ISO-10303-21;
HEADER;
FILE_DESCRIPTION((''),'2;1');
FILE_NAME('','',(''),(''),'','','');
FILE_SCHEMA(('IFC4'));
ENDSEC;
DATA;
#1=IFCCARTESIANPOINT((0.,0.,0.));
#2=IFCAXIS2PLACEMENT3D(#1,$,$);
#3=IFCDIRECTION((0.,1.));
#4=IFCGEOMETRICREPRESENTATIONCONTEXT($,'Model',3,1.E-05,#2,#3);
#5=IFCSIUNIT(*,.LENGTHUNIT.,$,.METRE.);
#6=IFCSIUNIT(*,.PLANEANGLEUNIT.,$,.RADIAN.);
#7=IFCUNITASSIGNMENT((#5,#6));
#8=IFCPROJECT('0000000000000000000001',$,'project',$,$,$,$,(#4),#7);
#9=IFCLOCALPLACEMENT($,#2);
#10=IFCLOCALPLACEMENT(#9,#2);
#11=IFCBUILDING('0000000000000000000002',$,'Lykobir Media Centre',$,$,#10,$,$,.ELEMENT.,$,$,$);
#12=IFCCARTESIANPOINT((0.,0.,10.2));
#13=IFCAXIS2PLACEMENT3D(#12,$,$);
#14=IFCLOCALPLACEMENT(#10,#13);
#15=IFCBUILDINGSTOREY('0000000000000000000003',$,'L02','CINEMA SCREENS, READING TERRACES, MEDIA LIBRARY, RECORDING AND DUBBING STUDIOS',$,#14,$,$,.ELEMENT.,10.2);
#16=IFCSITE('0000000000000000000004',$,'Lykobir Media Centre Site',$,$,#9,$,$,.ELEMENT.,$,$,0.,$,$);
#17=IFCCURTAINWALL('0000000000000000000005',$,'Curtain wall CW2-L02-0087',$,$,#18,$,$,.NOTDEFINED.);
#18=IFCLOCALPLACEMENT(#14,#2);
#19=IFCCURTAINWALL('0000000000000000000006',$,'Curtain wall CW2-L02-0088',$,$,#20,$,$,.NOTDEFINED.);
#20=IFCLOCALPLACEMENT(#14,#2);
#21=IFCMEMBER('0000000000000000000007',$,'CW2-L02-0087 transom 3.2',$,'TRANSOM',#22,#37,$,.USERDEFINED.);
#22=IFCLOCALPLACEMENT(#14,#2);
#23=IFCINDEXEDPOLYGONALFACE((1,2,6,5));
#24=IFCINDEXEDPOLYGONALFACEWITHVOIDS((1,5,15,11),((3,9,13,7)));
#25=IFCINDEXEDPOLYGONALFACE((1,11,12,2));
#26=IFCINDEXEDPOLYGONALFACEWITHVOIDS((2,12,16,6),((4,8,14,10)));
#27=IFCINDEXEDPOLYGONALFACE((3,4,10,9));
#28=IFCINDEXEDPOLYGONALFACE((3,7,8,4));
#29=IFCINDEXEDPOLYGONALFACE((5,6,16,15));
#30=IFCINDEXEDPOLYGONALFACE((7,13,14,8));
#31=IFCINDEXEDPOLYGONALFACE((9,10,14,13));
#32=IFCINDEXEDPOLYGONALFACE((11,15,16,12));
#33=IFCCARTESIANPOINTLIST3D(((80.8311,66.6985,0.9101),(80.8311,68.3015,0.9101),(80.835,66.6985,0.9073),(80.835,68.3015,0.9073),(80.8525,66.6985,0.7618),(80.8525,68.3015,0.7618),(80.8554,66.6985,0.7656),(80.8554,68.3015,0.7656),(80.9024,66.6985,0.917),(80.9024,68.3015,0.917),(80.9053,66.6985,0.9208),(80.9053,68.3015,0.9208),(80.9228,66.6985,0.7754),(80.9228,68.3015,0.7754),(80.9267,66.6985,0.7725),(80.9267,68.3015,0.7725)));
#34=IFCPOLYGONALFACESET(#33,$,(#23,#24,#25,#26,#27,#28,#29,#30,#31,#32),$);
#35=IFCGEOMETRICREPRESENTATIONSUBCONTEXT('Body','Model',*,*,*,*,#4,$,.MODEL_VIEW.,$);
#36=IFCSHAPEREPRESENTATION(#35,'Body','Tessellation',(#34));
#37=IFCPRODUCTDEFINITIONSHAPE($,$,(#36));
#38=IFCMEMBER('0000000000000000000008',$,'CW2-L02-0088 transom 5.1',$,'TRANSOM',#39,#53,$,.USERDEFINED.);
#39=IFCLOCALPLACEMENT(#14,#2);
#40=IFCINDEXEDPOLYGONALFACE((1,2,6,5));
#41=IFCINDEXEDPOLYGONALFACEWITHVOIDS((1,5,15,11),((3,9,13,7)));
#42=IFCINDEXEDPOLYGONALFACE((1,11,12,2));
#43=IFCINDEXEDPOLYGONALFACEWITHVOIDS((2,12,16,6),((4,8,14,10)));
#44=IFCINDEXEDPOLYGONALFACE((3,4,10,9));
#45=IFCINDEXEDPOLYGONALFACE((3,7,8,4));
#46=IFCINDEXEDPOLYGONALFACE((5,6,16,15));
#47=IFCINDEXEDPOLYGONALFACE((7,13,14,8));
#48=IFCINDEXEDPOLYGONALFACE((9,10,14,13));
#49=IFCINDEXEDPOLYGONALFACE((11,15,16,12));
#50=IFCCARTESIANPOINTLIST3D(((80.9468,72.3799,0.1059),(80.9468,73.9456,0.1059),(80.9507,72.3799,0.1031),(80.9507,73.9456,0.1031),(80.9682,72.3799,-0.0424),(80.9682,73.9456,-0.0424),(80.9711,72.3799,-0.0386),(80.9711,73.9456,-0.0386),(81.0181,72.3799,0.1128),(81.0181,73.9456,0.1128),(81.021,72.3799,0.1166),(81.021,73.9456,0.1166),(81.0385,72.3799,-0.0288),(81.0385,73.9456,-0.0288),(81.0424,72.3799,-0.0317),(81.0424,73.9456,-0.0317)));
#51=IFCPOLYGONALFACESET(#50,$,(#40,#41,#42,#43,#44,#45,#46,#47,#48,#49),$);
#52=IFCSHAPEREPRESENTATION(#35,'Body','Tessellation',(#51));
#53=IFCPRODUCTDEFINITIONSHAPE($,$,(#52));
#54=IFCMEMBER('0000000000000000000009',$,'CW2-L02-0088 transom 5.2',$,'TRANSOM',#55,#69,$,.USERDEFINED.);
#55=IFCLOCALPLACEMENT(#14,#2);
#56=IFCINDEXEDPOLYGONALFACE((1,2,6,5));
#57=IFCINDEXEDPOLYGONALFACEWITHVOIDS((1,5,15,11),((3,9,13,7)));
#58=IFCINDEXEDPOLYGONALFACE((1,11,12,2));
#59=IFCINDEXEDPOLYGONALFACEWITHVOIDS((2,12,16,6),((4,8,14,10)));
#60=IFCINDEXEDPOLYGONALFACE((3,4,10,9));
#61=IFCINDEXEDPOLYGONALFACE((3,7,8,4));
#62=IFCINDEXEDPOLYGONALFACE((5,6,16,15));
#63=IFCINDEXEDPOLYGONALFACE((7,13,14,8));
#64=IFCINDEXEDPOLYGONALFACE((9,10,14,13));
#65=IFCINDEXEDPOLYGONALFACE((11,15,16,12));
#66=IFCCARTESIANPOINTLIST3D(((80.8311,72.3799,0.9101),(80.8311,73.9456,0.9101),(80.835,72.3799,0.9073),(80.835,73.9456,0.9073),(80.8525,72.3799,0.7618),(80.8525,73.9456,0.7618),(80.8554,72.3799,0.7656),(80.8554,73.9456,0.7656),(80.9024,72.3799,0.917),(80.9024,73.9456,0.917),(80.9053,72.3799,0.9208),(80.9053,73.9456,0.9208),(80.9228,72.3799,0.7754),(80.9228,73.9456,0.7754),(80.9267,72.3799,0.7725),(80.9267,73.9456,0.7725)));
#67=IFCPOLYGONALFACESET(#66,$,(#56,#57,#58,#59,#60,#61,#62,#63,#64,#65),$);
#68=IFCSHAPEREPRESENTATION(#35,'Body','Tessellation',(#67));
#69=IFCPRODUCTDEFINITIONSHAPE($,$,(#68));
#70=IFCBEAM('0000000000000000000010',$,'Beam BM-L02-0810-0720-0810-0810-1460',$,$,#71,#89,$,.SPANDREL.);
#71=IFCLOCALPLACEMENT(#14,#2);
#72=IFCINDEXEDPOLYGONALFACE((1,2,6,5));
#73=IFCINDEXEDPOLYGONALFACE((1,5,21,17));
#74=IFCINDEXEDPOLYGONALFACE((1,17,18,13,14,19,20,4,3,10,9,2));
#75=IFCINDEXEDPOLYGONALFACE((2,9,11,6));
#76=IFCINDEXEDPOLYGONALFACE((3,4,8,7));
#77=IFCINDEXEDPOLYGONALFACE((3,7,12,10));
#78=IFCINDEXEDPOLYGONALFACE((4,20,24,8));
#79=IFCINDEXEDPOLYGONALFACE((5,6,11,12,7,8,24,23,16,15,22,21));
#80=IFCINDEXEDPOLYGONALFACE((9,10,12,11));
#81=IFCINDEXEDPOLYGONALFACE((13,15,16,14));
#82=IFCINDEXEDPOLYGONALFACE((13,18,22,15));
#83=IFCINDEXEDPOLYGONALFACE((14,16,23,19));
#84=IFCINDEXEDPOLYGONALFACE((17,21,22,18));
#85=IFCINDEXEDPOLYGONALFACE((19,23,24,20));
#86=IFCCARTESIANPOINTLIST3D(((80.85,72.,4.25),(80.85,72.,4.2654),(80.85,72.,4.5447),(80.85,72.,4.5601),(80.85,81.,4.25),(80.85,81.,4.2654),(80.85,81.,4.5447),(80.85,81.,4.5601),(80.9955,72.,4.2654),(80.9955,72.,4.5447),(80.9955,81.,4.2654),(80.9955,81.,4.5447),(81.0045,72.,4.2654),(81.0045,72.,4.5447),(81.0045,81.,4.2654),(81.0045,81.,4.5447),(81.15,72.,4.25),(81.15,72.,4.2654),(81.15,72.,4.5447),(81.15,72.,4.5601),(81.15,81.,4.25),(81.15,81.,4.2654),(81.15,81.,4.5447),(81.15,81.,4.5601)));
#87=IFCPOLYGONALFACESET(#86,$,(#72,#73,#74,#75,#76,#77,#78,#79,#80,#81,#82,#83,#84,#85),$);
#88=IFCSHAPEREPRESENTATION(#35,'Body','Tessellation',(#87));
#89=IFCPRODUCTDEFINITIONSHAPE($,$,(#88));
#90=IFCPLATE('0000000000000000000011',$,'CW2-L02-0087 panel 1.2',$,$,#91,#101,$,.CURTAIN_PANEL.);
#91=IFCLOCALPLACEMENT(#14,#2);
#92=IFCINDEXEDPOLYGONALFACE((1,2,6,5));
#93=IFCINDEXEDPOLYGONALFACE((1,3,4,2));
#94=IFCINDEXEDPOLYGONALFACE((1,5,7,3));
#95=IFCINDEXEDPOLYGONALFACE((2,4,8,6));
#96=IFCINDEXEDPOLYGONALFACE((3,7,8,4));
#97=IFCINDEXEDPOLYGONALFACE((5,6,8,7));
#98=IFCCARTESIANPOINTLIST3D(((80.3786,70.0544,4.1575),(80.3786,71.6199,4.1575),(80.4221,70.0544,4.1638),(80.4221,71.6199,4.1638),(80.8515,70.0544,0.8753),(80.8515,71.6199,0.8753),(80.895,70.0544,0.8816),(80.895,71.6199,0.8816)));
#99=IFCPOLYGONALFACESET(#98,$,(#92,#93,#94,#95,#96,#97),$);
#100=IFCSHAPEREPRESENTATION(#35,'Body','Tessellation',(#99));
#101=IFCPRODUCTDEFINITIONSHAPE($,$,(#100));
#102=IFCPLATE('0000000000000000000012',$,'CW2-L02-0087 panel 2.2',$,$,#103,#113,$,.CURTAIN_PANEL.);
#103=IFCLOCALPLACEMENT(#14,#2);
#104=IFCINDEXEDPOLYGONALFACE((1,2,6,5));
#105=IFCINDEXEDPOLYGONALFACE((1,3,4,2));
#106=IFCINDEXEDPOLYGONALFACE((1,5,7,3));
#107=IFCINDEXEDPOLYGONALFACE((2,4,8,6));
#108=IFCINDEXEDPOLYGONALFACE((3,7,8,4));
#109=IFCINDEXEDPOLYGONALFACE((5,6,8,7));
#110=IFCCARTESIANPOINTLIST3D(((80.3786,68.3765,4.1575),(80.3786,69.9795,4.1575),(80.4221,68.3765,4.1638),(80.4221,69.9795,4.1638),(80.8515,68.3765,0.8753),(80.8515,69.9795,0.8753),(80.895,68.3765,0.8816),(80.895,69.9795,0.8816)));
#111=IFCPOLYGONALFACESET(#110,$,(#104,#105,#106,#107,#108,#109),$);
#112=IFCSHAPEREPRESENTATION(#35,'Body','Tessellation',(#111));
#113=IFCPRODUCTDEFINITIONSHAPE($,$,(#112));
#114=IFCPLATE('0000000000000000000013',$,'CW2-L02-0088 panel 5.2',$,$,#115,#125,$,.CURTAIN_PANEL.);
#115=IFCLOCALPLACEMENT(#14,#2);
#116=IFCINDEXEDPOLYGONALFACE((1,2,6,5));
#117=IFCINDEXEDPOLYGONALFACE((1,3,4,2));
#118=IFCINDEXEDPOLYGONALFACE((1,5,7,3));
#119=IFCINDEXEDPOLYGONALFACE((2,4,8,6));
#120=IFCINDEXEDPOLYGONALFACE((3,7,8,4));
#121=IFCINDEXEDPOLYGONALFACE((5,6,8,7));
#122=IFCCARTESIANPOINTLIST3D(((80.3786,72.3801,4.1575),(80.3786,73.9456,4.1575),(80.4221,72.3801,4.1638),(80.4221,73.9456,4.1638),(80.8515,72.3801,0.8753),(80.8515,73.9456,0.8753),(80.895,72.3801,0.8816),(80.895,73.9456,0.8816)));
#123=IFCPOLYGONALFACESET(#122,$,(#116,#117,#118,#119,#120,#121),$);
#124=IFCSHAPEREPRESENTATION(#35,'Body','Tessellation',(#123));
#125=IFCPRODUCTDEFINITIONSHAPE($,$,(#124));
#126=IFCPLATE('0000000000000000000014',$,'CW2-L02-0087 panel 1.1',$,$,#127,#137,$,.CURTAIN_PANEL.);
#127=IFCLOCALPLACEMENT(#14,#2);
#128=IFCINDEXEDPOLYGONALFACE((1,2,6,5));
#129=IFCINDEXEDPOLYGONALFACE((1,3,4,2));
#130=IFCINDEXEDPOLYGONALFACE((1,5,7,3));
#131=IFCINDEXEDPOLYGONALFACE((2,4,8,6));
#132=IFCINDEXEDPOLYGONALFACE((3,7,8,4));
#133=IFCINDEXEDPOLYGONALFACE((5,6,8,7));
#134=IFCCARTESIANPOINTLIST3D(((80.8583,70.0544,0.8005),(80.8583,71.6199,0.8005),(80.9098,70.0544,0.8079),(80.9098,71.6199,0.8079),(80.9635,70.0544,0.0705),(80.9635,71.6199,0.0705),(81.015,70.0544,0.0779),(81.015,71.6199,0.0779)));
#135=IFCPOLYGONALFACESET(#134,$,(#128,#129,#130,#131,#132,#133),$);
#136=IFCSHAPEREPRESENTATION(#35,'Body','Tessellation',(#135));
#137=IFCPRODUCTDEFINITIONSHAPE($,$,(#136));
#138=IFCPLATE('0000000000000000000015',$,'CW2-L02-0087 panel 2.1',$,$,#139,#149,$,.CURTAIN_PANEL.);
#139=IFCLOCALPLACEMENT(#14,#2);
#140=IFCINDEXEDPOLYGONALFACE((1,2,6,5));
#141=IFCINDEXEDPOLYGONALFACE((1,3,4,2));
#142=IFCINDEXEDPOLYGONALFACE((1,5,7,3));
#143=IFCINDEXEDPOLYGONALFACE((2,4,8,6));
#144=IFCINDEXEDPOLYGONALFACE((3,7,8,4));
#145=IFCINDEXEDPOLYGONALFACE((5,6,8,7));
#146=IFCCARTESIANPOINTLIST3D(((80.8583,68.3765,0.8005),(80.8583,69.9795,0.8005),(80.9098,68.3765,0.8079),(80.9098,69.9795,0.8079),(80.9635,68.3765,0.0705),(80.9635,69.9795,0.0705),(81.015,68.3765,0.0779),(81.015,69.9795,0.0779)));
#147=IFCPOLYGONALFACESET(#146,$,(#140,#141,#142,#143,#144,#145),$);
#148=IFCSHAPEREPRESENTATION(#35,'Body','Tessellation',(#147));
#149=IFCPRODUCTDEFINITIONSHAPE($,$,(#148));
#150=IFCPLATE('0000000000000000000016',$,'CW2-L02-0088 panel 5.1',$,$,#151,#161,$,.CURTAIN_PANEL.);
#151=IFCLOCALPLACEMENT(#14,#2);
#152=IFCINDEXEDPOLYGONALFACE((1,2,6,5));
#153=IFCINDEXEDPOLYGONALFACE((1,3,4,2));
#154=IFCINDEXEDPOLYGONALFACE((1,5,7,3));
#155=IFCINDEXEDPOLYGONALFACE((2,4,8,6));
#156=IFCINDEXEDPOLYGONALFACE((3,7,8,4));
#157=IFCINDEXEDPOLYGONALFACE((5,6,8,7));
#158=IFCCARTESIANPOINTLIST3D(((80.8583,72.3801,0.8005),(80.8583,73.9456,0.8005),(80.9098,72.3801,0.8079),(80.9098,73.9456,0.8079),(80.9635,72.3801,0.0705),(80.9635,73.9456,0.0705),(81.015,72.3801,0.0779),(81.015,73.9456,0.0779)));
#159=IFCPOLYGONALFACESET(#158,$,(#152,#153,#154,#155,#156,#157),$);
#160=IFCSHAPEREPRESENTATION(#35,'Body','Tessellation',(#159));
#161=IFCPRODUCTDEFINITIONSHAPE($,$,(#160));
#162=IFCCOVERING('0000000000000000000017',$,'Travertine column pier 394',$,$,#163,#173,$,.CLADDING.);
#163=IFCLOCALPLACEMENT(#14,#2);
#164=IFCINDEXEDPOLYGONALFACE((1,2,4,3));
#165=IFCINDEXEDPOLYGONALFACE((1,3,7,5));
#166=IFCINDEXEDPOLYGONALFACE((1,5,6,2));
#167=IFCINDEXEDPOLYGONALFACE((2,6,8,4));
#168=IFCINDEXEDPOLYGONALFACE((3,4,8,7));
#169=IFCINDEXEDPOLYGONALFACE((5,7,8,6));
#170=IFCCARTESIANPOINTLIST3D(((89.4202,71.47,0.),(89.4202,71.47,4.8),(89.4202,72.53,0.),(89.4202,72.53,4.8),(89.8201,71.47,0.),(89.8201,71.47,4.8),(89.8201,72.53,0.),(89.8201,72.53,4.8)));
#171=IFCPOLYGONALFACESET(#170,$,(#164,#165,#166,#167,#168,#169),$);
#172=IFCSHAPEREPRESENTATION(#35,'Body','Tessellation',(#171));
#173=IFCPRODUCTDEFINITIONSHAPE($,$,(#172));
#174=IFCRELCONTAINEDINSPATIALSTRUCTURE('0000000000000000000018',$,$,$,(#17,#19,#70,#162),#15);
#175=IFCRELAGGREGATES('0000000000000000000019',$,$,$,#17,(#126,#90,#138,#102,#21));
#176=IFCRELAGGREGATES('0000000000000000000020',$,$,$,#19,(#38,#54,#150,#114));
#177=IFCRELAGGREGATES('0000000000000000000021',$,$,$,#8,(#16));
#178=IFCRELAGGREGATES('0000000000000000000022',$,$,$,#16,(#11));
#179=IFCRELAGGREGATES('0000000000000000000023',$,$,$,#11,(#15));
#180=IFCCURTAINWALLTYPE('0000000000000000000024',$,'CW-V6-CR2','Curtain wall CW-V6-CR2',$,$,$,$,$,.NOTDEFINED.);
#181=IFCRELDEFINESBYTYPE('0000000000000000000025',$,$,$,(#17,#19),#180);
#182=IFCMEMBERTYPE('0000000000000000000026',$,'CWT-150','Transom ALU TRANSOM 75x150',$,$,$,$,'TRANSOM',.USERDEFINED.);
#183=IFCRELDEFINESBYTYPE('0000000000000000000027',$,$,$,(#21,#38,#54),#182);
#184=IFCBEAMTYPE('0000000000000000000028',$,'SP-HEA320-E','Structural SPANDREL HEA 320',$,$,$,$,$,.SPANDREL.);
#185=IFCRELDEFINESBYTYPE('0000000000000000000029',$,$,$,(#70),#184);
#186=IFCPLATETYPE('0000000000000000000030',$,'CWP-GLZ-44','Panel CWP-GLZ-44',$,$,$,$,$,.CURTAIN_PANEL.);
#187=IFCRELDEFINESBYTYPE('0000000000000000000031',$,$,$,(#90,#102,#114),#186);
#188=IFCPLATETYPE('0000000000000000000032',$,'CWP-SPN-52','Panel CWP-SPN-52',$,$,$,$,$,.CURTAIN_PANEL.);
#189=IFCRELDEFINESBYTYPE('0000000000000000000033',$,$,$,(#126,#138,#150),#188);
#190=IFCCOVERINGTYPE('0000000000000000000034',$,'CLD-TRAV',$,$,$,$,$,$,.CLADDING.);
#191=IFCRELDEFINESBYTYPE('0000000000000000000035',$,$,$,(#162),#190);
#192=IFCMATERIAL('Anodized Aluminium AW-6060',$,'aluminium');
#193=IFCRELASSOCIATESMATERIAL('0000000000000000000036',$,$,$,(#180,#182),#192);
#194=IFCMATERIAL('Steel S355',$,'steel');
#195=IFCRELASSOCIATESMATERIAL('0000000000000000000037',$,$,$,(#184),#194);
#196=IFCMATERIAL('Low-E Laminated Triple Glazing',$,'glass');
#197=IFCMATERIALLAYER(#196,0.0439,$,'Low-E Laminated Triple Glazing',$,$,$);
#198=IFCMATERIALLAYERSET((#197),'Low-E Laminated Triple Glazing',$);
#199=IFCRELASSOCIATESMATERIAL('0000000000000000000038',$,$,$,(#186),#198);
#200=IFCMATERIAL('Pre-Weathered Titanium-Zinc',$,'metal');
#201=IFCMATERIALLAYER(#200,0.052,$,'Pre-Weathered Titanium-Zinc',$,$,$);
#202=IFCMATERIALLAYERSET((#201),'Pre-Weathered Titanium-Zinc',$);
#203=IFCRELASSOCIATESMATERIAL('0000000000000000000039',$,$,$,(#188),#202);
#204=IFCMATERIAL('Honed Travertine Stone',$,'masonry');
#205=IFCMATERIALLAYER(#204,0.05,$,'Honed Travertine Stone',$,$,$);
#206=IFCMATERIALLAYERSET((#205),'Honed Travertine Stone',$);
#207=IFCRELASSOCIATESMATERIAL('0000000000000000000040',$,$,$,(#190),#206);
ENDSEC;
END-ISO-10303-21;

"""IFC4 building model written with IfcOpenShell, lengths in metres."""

from ifc_helpers import new_model, si_unit, direction, frame, origin, origin_2d, place, context, subcontext, project, spatial, rectangle, hollow_rectangle, i_section, extrude, material, layer, layer_set, material_profile, profile_set, type_object, element, aggregate, save


model = new_model("IFC4")

# Units and contexts
model_context = context("Model", 3, precision=1e-05, world=origin(), true_north=direction((0.0, 1.0)))
body_context = subcontext(model_context, "Body", "Model", "MODEL_VIEW")
ifc_project = project(units=[si_unit("LENGTHUNIT", "METRE"), si_unit("PLANEANGLEUNIT", "RADIAN")], contexts=[model_context])

# Site, building, storey
site_placement = place(None, origin())
site = spatial("IfcSite", under=ifc_project, at=site_placement, Name="Lykobir Media Centre Site", CompositionType="ELEMENT", RefElevation=0.0)
building_placement = place(site_placement, origin())
building = spatial("IfcBuilding", under=site, at=building_placement, Name="Lykobir Media Centre", CompositionType="ELEMENT")
storey_placement = place(building_placement, frame((0.0, 0.0, 10.2)))
storey = spatial("IfcBuildingStorey", under=building, at=storey_placement, Name="L02", Description="CINEMA SCREENS, READING TERRACES, MEDIA LIBRARY, RECORDING AND DUBBING STUDIOS", CompositionType="ELEMENT", Elevation=10.2)

# Curtain walls
ifc_material_1 = material(Name="Anodized Aluminium AW-6060", Category="aluminium")
curtain_wall_type = type_object("IfcCurtainWallType", Name="CW-V6-CR2", Description="Curtain wall CW-V6-CR2", PredefinedType="NOTDEFINED", material=ifc_material_1)
curtain_wall_1_placement = place(storey_placement, origin())
curtain_wall_1 = element("IfcCurtainWall", 1, at=curtain_wall_1_placement, inside=storey, type_object=curtain_wall_type, Name="Curtain wall CW2-L02-0087", PredefinedType="NOTDEFINED")
curtain_wall_2_placement = place(storey_placement, origin())
curtain_wall_2 = element("IfcCurtainWall", 2, at=curtain_wall_2_placement, inside=storey, type_object=curtain_wall_type, Name="Curtain wall CW2-L02-0088", PredefinedType="NOTDEFINED")

# Members
ifc_material_profile_1 = material_profile(ifc_material_1, hollow_rectangle(XDim=0.075, YDim=0.1499, WallThickness=0.0034, at=origin_2d()), Name="ALU TRANSOM 75x150")
ifc_profile_set_1 = profile_set([ifc_material_profile_1], Name="Anodized Aluminium AW-6060")
member_type_1 = type_object("IfcMemberType", Name="CWT-150", Description="Transom ALU TRANSOM 75x150", ElementType="TRANSOM", PredefinedType="USERDEFINED", material=ifc_profile_set_1)
member_1_placement = place(storey_placement, frame((80.8789, 68.3015, 0.8413), z_axis=(0.0, -1.0, 0.0), x_axis=(0.989776, 0.0, 0.142629)))
member_1 = element("IfcMember", 3, at=member_1_placement, type_object=member_type_1, Name="CW2-L02-0087 transom 3.2", ObjectType="TRANSOM", PredefinedType="USERDEFINED", context=body_context, shape_type="SweptSolid", body=[
    extrude(hollow_rectangle(XDim=0.075, YDim=0.1499, WallThickness=0.0034, at=origin_2d()), origin(), (0.0, 0.0, 1.0), 1.603),
])
member_2_placement = place(storey_placement, frame((80.9946, 73.9456, 0.0371), z_axis=(0.0, -1.0, 0.0), x_axis=(0.989776, 0.0, 0.142629)))
member_2 = element("IfcMember", 4, at=member_2_placement, type_object=member_type_1, Name="CW2-L02-0088 transom 5.1", ObjectType="TRANSOM", PredefinedType="USERDEFINED", context=body_context, shape_type="SweptSolid", body=[
    extrude(hollow_rectangle(XDim=0.075, YDim=0.1499, WallThickness=0.0034, at=origin_2d()), origin(), (0.0, 0.0, 1.0), 1.5657),
])
member_3_placement = place(storey_placement, frame((80.8789, 73.9456, 0.8413), z_axis=(0.0, -1.0, 0.0), x_axis=(0.989776, 0.0, 0.142629)))
member_3 = element("IfcMember", 5, at=member_3_placement, type_object=member_type_1, Name="CW2-L02-0088 transom 5.2", ObjectType="TRANSOM", PredefinedType="USERDEFINED", context=body_context, shape_type="SweptSolid", body=[
    extrude(hollow_rectangle(XDim=0.075, YDim=0.1499, WallThickness=0.0034, at=origin_2d()), origin(), (0.0, 0.0, 1.0), 1.5657),
])

# Beam
ifc_material_2 = material(Name="Steel S355", Category="steel")
ifc_material_profile_2 = material_profile(ifc_material_2, i_section(OverallWidth=0.3, OverallDepth=0.3101, WebThickness=0.009, FlangeThickness=0.0154, at=origin_2d()), Name="HEA 320")
ifc_profile_set_2 = profile_set([ifc_material_profile_2], Name="Steel S355")
beam_type = type_object("IfcBeamType", Name="SP-HEA320-E", Description="Structural SPANDREL HEA 320", PredefinedType="SPANDREL", material=ifc_profile_set_2)
beam_placement = place(storey_placement, frame((81.0, 72.0, 4.405), z_axis=(0.0, 1.0, 0.0), x_axis=(-1.0, 0.0, 0.0)))
element("IfcBeam", 6, at=beam_placement, inside=storey, type_object=beam_type, Name="Beam BM-L02-0810-0720-0810-0810-1460", PredefinedType="SPANDREL", context=body_context, shape_type="SweptSolid", body=[
    extrude(i_section(OverallWidth=0.3, OverallDepth=0.3101, WebThickness=0.009, FlangeThickness=0.0154, at=origin_2d()), origin(), (0.0, 0.0, 1.0), 9.0),
])

# Plates
ifc_material_3 = material(Name="Low-E Laminated Triple Glazing", Category="glass")
ifc_layer_1 = layer(ifc_material_3, 0.0439, Name="Low-E Laminated Triple Glazing")
ifc_layer_set_1 = layer_set([ifc_layer_1], Name="Low-E Laminated Triple Glazing")
plate_type_1 = type_object("IfcPlateType", Name="CWP-GLZ-44", Description="Panel CWP-GLZ-44", PredefinedType="CURTAIN_PANEL", material=ifc_layer_set_1)
plate_1_placement = place(storey_placement, frame((80.8733, 70.8372, 0.8784), z_axis=(-0.142629, 0.0, 0.989776), x_axis=(0.0, -1.0, 0.0)))
plate_1 = element("IfcPlate", 7, at=plate_1_placement, type_object=plate_type_1, Name="CW2-L02-0087 panel 1.2", PredefinedType="CURTAIN_PANEL", context=body_context, shape_type="SweptSolid", body=[
    extrude(rectangle(XDim=1.5654, YDim=0.0439, at=origin_2d()), origin(), (0.0, 0.0, 1.0), 3.3162),
])
plate_2_placement = place(storey_placement, frame((80.8733, 69.178, 0.8784), z_axis=(-0.142629, 0.0, 0.989776), x_axis=(0.0, -1.0, 0.0)))
plate_2 = element("IfcPlate", 8, at=plate_2_placement, type_object=plate_type_1, Name="CW2-L02-0087 panel 2.2", PredefinedType="CURTAIN_PANEL", context=body_context, shape_type="SweptSolid", body=[
    extrude(rectangle(XDim=1.603, YDim=0.0439, at=origin_2d()), origin(), (0.0, 0.0, 1.0), 3.3162),
])
plate_3_placement = place(storey_placement, frame((80.8733, 73.1628, 0.8784), z_axis=(-0.142629, 0.0, 0.989776), x_axis=(0.0, -1.0, 0.0)))
plate_3 = element("IfcPlate", 9, at=plate_3_placement, type_object=plate_type_1, Name="CW2-L02-0088 panel 5.2", PredefinedType="CURTAIN_PANEL", context=body_context, shape_type="SweptSolid", body=[
    extrude(rectangle(XDim=1.5654, YDim=0.0439, at=origin_2d()), origin(), (0.0, 0.0, 1.0), 3.3162),
])
ifc_material_4 = material(Name="Pre-Weathered Titanium-Zinc", Category="metal")
ifc_layer_2 = layer(ifc_material_4, 0.052, Name="Pre-Weathered Titanium-Zinc")
ifc_layer_set_2 = layer_set([ifc_layer_2], Name="Pre-Weathered Titanium-Zinc")
plate_type_2 = type_object("IfcPlateType", Name="CWP-SPN-52", Description="Panel CWP-SPN-52", PredefinedType="CURTAIN_PANEL", material=ifc_layer_set_2)
plate_4_placement = place(storey_placement, frame((80.9893, 70.8372, 0.0742), z_axis=(-0.142629, 0.0, 0.989776), x_axis=(0.0, -1.0, 0.0)))
plate_4 = element("IfcPlate", 10, at=plate_4_placement, type_object=plate_type_2, Name="CW2-L02-0087 panel 1.1", PredefinedType="CURTAIN_PANEL", context=body_context, shape_type="SweptSolid", body=[
    extrude(rectangle(XDim=1.5654, YDim=0.052, at=origin_2d()), origin(), (0.0, 0.0, 1.0), 0.7375),
])
plate_5_placement = place(storey_placement, frame((80.9893, 69.178, 0.0742), z_axis=(-0.142629, 0.0, 0.989776), x_axis=(0.0, -1.0, 0.0)))
plate_5 = element("IfcPlate", 11, at=plate_5_placement, type_object=plate_type_2, Name="CW2-L02-0087 panel 2.1", PredefinedType="CURTAIN_PANEL", context=body_context, shape_type="SweptSolid", body=[
    extrude(rectangle(XDim=1.603, YDim=0.052, at=origin_2d()), origin(), (0.0, 0.0, 1.0), 0.7375),
])
aggregate(curtain_wall_1, [plate_4, plate_1, plate_5, plate_2, member_1])
plate_6_placement = place(storey_placement, frame((80.9893, 73.1628, 0.0742), z_axis=(-0.142629, 0.0, 0.989776), x_axis=(0.0, -1.0, 0.0)))
plate_6 = element("IfcPlate", 12, at=plate_6_placement, type_object=plate_type_2, Name="CW2-L02-0088 panel 5.1", PredefinedType="CURTAIN_PANEL", context=body_context, shape_type="SweptSolid", body=[
    extrude(rectangle(XDim=1.5654, YDim=0.052, at=origin_2d()), origin(), (0.0, 0.0, 1.0), 0.7375),
])
aggregate(curtain_wall_2, [member_2, member_3, plate_6, plate_3])

# Covering
ifc_material_5 = material(Name="Honed Travertine Stone", Category="masonry")
ifc_layer_3 = layer(ifc_material_5, 0.05, Name="Honed Travertine Stone")
ifc_layer_set_3 = layer_set([ifc_layer_3], Name="Honed Travertine Stone")
covering_type = type_object("IfcCoveringType", Name="CLD-TRAV", PredefinedType="CLADDING", material=ifc_layer_set_3)
covering_placement = place(storey_placement, frame((89.6201, 72.0, 0.0), z_axis=(0.0, 0.0, 1.0), x_axis=(0.0, -1.0, 0.0)))
element("IfcCovering", 13, at=covering_placement, inside=storey, type_object=covering_type, Name="Travertine column pier 394", PredefinedType="CLADDING", context=body_context, shape_type="SweptSolid", body=[
    extrude(rectangle(XDim=1.0601, YDim=0.3999, at=origin_2d()), origin(), (0.0, 0.0, 1.0), 4.8),
])

save(model, "model.ifc")
